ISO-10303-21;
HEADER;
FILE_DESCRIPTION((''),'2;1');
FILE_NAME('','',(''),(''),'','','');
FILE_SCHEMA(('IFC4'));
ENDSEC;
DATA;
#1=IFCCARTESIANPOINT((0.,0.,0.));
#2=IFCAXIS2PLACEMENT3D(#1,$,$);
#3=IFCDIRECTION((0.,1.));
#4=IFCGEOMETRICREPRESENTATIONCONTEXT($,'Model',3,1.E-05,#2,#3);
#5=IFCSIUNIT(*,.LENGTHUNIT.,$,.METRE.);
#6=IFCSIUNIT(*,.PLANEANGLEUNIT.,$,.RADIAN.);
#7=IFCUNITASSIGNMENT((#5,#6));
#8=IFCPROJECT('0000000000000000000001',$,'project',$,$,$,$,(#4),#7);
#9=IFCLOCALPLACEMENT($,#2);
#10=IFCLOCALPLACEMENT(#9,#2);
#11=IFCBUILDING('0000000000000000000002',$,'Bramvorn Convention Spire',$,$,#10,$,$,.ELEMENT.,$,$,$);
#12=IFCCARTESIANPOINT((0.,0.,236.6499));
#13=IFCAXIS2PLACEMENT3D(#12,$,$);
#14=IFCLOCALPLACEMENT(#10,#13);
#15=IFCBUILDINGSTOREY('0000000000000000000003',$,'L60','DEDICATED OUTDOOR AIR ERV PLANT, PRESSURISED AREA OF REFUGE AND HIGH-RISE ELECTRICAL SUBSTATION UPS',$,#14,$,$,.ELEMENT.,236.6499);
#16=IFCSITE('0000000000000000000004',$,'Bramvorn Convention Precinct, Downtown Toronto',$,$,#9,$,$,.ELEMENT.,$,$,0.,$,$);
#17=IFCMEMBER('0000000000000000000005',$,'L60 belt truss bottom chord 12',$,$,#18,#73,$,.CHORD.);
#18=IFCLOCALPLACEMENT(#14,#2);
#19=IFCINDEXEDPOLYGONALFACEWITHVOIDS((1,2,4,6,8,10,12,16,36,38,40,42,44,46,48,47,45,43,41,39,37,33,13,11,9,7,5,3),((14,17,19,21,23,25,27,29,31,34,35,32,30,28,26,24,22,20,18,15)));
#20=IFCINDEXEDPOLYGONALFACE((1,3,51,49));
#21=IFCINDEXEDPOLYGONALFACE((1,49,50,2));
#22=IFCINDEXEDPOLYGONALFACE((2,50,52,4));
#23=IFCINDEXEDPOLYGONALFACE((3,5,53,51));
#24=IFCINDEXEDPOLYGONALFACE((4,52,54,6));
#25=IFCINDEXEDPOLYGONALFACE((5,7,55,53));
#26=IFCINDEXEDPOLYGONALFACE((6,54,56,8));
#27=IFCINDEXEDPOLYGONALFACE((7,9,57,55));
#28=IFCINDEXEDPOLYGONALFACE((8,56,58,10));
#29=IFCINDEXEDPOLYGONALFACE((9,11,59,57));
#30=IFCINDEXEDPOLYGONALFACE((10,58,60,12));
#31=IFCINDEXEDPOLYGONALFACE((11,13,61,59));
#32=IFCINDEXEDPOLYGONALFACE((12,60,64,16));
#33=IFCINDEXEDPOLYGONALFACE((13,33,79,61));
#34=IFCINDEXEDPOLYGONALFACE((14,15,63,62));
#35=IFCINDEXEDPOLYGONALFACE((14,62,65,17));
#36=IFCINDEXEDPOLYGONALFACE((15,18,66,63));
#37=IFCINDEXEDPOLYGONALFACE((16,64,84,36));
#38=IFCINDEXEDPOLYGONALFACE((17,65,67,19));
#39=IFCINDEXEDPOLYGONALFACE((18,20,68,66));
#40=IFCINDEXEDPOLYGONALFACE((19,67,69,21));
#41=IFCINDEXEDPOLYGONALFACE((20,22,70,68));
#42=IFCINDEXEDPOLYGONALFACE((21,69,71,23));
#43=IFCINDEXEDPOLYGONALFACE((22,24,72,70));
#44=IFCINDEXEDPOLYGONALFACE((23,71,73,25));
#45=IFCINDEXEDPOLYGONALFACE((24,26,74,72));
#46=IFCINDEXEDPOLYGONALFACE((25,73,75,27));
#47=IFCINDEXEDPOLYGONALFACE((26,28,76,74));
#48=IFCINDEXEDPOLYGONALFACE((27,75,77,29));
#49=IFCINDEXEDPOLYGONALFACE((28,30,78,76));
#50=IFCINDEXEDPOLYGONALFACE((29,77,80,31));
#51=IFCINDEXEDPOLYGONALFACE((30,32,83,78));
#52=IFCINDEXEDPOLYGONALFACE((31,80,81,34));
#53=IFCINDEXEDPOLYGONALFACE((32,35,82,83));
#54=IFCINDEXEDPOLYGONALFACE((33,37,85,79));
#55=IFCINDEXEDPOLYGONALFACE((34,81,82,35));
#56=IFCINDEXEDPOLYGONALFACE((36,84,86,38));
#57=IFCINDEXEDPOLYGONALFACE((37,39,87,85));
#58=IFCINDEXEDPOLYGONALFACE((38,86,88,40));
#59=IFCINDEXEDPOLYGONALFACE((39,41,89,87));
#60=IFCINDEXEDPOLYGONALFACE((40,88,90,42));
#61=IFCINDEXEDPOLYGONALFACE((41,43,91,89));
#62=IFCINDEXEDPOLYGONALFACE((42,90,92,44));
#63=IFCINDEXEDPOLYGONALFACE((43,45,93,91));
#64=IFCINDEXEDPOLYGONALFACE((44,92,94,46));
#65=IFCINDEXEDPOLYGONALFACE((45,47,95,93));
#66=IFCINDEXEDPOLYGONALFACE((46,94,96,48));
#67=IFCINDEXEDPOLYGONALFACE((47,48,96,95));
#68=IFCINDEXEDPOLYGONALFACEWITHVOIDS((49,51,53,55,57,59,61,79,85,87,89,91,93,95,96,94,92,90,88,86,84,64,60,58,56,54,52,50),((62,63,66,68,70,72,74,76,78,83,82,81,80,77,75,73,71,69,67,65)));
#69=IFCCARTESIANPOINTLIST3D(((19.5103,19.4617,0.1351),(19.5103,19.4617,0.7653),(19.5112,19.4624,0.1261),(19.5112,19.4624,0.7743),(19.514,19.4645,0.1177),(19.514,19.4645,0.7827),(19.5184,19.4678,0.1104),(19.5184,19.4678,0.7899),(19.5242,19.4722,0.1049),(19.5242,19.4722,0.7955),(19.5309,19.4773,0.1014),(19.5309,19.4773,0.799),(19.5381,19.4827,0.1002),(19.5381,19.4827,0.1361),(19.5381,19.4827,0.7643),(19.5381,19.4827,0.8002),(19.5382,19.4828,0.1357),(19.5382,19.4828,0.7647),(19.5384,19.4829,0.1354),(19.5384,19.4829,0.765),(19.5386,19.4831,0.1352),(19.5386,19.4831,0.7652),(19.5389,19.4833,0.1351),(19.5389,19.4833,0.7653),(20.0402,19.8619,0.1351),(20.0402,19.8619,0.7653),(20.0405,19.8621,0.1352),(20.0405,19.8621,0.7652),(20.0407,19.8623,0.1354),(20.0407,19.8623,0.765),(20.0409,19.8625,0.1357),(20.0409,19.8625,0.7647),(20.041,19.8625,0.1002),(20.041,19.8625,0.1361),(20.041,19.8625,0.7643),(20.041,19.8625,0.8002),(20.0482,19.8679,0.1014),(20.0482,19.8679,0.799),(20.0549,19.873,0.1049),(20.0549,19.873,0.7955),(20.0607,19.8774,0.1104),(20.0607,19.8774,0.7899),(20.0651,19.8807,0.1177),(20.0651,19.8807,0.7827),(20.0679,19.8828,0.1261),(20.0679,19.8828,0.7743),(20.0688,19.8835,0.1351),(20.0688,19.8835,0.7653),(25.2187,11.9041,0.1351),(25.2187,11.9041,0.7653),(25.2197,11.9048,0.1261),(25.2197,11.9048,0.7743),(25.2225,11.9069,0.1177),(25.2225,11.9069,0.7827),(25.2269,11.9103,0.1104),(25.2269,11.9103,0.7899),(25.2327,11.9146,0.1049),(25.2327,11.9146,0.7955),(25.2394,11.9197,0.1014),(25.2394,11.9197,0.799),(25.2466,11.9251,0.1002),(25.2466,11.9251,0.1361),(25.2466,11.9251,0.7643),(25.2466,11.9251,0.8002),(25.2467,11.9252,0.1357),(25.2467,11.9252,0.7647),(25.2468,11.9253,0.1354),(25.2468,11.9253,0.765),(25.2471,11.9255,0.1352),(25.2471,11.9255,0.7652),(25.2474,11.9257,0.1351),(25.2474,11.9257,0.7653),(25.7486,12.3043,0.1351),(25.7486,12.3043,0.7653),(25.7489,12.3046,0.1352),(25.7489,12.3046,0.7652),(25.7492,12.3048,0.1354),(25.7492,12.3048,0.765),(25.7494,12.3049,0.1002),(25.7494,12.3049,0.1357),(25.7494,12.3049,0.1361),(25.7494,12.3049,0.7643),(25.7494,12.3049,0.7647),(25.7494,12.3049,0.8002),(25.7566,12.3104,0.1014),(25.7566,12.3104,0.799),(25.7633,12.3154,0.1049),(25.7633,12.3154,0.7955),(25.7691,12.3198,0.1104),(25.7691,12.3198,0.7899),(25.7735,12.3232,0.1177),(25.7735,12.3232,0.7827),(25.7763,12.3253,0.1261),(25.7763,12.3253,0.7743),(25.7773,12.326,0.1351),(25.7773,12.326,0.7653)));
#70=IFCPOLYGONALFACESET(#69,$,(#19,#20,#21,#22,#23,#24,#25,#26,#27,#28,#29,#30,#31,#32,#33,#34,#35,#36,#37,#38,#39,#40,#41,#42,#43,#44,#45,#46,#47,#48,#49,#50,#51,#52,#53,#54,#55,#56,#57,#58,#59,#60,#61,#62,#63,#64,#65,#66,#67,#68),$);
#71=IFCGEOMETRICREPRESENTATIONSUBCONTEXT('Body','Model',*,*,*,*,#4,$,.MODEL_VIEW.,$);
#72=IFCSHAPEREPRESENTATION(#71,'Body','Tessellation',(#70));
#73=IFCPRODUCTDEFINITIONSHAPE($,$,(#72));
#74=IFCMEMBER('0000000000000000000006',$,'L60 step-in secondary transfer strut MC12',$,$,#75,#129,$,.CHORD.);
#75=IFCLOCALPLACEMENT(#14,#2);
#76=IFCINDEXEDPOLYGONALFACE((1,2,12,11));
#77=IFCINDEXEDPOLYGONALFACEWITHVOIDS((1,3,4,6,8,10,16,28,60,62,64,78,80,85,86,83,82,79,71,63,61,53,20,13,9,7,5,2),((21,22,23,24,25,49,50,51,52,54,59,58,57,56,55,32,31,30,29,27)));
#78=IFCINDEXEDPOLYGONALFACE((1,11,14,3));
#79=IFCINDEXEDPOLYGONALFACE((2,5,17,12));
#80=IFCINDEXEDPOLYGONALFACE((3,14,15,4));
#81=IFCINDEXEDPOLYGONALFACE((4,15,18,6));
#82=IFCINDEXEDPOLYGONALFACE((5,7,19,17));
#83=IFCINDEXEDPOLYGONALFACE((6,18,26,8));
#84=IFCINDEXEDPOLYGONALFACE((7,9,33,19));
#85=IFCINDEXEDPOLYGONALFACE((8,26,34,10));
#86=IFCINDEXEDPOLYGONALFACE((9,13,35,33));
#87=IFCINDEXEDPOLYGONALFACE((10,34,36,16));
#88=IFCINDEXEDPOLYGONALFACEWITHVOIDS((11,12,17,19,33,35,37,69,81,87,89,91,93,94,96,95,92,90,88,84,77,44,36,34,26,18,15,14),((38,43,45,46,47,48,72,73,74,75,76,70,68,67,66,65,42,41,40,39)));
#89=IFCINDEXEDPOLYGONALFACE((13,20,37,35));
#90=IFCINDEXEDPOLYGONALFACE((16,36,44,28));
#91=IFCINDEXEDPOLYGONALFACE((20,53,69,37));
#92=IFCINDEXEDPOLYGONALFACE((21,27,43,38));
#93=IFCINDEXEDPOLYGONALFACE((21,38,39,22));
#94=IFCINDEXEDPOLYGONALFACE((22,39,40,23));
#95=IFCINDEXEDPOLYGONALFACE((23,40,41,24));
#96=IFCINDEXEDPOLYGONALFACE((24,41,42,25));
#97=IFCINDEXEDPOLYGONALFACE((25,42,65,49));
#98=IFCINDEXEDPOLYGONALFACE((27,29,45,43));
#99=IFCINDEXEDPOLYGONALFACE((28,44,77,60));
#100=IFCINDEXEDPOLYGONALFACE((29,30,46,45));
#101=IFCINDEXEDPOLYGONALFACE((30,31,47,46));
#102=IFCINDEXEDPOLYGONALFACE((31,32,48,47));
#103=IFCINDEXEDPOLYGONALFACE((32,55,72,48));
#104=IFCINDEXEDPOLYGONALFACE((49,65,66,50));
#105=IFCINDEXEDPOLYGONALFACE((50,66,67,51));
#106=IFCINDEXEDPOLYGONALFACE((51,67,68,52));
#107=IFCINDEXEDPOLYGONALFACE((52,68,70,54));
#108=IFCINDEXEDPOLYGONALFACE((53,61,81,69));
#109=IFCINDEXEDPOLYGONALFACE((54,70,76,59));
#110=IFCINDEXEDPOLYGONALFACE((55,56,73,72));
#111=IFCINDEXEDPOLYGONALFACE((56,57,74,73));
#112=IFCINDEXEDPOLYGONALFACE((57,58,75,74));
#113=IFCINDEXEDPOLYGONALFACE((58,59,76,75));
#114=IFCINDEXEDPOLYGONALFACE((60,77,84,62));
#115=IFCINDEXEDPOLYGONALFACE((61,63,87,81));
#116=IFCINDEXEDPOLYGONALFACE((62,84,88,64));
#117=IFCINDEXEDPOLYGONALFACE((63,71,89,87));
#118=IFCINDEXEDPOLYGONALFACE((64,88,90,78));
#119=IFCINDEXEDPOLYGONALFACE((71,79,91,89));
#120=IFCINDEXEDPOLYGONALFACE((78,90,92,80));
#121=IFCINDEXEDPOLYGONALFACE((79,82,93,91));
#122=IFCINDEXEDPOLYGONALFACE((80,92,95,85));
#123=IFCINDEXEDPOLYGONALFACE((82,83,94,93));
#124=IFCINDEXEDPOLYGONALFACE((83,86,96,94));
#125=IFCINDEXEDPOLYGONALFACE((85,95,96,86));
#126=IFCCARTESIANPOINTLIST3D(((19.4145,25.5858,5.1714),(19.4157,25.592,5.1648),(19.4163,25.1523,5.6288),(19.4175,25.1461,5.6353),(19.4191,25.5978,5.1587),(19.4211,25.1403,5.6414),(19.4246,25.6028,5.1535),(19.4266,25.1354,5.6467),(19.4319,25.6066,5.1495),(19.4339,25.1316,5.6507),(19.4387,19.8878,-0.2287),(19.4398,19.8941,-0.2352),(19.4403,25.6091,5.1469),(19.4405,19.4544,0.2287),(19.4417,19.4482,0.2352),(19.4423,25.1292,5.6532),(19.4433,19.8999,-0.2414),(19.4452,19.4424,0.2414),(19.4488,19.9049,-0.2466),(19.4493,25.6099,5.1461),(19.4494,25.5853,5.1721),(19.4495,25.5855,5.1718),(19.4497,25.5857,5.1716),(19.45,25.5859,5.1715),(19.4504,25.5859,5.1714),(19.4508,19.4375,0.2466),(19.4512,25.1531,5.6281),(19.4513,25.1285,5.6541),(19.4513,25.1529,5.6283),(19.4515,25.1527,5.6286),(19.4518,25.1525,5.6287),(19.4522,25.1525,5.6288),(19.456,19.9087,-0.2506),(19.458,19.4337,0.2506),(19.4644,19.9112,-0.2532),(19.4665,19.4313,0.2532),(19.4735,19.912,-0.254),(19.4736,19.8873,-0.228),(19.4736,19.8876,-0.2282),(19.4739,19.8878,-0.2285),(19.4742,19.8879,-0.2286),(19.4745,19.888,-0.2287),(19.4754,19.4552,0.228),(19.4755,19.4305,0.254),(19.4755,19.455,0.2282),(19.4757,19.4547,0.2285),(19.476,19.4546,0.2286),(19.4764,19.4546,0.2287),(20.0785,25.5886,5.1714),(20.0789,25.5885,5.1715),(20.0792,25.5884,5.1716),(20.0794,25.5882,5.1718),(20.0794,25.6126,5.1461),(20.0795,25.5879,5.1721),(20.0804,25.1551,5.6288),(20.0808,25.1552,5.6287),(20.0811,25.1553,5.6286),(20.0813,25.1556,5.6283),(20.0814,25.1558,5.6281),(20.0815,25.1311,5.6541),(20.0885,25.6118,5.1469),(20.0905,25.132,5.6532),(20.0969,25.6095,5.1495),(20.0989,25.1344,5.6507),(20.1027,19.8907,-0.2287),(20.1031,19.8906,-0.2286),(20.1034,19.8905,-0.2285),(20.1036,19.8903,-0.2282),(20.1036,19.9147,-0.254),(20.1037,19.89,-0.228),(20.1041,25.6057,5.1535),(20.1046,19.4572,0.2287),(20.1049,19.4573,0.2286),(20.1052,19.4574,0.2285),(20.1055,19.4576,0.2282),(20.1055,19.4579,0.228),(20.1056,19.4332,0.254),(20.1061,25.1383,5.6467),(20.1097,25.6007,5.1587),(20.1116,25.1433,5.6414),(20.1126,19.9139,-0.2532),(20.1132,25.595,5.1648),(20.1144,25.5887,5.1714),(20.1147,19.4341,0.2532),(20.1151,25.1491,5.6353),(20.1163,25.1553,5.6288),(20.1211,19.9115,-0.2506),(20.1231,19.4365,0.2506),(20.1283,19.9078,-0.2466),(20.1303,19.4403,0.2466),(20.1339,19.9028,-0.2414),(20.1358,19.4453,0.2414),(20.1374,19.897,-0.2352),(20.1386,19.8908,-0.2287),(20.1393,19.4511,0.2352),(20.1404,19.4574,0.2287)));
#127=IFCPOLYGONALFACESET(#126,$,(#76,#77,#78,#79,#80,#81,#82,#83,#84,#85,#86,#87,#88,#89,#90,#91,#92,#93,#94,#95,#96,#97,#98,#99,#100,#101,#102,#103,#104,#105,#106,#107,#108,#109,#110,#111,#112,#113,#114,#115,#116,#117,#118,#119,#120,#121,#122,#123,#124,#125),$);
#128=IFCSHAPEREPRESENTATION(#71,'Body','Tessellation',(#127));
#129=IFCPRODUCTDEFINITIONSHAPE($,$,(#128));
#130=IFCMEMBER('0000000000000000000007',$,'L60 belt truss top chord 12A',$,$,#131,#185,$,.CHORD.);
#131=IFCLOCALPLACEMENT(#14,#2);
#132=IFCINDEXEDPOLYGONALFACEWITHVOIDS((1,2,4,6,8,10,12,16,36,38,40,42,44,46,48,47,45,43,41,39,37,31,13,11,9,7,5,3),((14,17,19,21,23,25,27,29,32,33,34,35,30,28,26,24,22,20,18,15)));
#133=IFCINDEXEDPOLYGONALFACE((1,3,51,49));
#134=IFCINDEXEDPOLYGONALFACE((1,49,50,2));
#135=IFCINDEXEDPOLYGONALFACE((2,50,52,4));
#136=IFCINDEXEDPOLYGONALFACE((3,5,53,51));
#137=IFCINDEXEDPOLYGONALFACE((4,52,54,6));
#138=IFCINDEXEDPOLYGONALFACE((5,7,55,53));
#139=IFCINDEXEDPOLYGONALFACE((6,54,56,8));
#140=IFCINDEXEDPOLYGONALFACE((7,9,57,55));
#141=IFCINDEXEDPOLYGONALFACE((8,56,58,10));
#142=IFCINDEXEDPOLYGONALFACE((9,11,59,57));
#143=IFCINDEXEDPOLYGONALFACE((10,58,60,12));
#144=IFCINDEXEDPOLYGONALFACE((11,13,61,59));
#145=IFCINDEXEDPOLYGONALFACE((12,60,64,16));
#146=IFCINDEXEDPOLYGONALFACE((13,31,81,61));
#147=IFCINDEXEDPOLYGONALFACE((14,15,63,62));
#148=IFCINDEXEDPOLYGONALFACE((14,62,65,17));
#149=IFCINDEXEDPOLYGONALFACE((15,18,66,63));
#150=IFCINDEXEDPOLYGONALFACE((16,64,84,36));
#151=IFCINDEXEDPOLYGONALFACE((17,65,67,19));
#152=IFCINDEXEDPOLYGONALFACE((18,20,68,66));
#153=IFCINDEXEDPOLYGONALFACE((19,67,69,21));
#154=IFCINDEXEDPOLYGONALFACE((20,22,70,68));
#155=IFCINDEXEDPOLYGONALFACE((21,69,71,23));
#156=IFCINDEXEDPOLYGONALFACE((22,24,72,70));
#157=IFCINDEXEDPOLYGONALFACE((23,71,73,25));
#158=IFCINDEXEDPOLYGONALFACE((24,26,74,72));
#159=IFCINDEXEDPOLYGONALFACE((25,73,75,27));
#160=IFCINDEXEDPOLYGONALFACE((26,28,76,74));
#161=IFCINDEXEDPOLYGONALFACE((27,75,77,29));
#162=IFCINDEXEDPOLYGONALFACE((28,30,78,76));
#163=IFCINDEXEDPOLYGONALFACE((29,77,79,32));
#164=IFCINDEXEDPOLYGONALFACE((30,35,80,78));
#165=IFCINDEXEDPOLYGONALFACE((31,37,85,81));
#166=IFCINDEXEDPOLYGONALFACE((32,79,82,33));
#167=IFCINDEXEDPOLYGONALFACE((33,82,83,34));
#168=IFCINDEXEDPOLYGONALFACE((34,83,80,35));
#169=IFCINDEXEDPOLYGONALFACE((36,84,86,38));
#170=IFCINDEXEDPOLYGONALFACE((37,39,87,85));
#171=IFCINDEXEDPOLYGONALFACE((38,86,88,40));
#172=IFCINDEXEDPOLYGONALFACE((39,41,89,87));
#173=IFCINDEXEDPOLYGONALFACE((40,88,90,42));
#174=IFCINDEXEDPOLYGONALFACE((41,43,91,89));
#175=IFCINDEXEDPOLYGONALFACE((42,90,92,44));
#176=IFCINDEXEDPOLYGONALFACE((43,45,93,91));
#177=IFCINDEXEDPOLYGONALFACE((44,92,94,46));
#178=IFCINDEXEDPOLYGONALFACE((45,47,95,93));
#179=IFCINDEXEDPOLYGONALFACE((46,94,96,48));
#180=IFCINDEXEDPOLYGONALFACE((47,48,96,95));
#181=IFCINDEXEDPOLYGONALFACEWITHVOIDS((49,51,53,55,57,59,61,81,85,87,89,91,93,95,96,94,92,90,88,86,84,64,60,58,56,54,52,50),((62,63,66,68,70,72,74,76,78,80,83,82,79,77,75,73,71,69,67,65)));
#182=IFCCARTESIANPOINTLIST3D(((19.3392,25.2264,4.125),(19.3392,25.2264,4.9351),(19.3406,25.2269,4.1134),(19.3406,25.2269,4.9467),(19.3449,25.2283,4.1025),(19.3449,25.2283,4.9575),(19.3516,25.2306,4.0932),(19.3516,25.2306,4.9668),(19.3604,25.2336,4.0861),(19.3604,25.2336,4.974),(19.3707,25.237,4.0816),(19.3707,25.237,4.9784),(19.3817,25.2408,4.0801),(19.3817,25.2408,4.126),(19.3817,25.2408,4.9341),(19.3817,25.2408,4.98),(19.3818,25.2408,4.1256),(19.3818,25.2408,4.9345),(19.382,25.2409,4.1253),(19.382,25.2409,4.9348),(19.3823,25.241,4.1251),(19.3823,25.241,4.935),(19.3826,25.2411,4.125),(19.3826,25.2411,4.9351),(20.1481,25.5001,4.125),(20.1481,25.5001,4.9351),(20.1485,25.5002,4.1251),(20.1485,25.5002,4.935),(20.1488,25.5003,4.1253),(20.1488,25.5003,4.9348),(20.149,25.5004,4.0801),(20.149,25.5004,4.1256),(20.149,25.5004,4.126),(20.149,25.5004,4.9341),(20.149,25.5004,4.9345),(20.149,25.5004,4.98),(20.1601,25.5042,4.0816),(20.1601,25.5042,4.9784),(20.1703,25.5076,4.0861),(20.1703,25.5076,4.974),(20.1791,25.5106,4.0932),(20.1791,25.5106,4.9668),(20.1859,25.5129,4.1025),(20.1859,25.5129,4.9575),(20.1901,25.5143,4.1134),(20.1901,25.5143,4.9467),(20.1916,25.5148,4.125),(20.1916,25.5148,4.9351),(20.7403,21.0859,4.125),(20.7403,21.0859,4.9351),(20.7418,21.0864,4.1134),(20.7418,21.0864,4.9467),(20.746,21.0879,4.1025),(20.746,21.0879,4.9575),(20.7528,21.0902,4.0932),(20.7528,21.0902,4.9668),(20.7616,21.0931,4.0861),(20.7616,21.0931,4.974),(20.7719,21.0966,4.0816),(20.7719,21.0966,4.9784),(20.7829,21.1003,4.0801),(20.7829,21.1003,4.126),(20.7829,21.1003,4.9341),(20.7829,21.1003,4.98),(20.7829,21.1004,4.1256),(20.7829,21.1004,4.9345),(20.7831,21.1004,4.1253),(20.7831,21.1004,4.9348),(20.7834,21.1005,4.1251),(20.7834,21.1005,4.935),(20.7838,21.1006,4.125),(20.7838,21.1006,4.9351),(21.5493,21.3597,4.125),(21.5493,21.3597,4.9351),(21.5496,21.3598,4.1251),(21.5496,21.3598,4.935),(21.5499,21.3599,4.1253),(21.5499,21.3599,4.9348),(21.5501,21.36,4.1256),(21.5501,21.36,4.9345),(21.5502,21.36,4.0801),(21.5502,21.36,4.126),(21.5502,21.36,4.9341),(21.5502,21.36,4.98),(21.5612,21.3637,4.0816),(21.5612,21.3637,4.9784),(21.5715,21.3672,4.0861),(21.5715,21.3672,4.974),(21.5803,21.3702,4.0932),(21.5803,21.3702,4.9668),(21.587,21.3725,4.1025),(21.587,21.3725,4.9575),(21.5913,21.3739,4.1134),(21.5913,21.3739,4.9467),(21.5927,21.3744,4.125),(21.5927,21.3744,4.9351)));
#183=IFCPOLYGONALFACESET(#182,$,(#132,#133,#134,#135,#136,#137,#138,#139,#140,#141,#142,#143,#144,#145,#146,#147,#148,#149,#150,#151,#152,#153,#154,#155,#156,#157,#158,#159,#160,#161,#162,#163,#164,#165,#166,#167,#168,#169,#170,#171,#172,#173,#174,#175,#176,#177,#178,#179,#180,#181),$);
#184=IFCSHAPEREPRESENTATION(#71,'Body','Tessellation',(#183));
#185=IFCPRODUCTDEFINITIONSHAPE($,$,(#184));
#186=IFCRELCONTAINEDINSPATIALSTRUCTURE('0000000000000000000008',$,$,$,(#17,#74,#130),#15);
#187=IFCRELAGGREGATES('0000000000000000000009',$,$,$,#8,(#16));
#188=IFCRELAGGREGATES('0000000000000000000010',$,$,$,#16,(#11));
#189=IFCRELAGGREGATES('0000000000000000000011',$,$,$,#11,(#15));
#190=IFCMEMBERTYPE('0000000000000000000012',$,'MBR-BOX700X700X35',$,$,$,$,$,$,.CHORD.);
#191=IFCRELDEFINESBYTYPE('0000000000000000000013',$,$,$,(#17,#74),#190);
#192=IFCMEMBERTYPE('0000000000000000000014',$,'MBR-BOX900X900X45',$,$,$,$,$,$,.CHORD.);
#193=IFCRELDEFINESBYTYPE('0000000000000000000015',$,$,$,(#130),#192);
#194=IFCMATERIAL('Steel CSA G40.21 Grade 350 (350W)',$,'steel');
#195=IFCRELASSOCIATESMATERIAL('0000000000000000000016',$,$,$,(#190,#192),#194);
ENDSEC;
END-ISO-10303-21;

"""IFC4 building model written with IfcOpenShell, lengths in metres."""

from ifc_helpers import new_model, si_unit, direction, frame, origin, origin_2d, place, context, subcontext, project, spatial, hollow_rectangle, extrude, material, material_profile, profile_set, type_object, element, save


model = new_model("IFC4")

# Units and contexts
model_context = context("Model", 3, precision=1e-05, world=origin(), true_north=direction((0.0, 1.0)))
body_context = subcontext(model_context, "Body", "Model", "MODEL_VIEW")
ifc_project = project(units=[si_unit("LENGTHUNIT", "METRE"), si_unit("PLANEANGLEUNIT", "RADIAN")], contexts=[model_context])

# Site, building, storey
site_placement = place(None, origin())
site = spatial("IfcSite", under=ifc_project, at=site_placement, Name="Bramvorn Convention Precinct, Downtown Toronto", CompositionType="ELEMENT", RefElevation=0.0)
building_placement = place(site_placement, origin())
building = spatial("IfcBuilding", under=site, at=building_placement, Name="Bramvorn Convention Spire", CompositionType="ELEMENT")
storey_placement = place(building_placement, frame((0.0, 0.0, 236.6499)))
storey = spatial("IfcBuildingStorey", under=building, at=storey_placement, Name="L60", Description="DEDICATED OUTDOOR AIR ERV PLANT, PRESSURISED AREA OF REFUGE AND HIGH-RISE ELECTRICAL SUBSTATION UPS", CompositionType="ELEMENT", Elevation=236.6499)

# Shared definitions
ifc_material_1 = material(Name="Steel CSA G40.21 Grade 350 (350W)", Category="steel")

# Members
ifc_material_profile_1 = material_profile(ifc_material_1, hollow_rectangle(XDim=0.7, YDim=0.7, WallThickness=0.0349, InnerFilletRadius=0.001, OuterFilletRadius=0.0349, at=origin_2d()))
ifc_profile_set_1 = profile_set([ifc_material_profile_1], Name="Steel CSA G40.21 Grade 350 (350W) - BOX700X700X35")
member_type_1 = type_object("IfcMemberType", Name="MBR-BOX700X700X35", PredefinedType="CHORD", material=ifc_profile_set_1)
member_1_placement = place(storey_placement, frame((19.7896, 19.6726, 0.4502), z_axis=(0.602719, -0.797954, 0.0), x_axis=(0.797954, 0.602719, 0.0)))
element("IfcMember", 1, at=member_1_placement, inside=storey, type_object=member_type_1, Name="L60 belt truss bottom chord 12", PredefinedType="CHORD", context=body_context, shape_type="SweptSolid", body=[
    extrude(hollow_rectangle(XDim=0.7, YDim=0.7, WallThickness=0.0349, InnerFilletRadius=0.001, OuterFilletRadius=0.0349, at=origin_2d()), origin(), (0.0, 0.0, 1.0), 9.4712),
])
member_2_placement = place(storey_placement, frame((19.7896, 19.6726, 0.0), z_axis=(-0.003079, 0.725819, 0.687879), x_axis=(-0.999991, -0.004242, 0.0)))
element("IfcMember", 2, at=member_2_placement, inside=storey, type_object=member_type_1, Name="L60 step-in secondary transfer strut MC12", PredefinedType="CHORD", context=body_context, shape_type="SweptSolid", body=[
    extrude(hollow_rectangle(XDim=0.7, YDim=0.7, WallThickness=0.0349, InnerFilletRadius=0.001, OuterFilletRadius=0.0349, at=origin_2d()), origin(), (0.0, 0.0, 1.0), 7.8503),
])
ifc_material_profile_2 = material_profile(ifc_material_1, hollow_rectangle(XDim=0.8999, YDim=0.8999, WallThickness=0.0449, InnerFilletRadius=0.001, OuterFilletRadius=0.0449, at=origin_2d()))
ifc_profile_set_2 = profile_set([ifc_material_profile_2], Name="Steel CSA G40.21 Grade 350 (350W) - BOX900X900X45")
member_type_2 = type_object("IfcMemberType", Name="MBR-BOX900X900X45", PredefinedType="CHORD", material=ifc_profile_set_2)
member_3_placement = place(storey_placement, frame((19.7654, 25.3706, 4.53), z_axis=(0.320548, -0.947232, 0.0), x_axis=(0.947232, 0.320548, 0.0)))
element("IfcMember", 3, at=member_3_placement, inside=storey, type_object=member_type_2, Name="L60 belt truss top chord 12A", PredefinedType="CHORD", context=body_context, shape_type="SweptSolid", body=[
    extrude(hollow_rectangle(XDim=0.8999, YDim=0.8999, WallThickness=0.0449, InnerFilletRadius=0.001, OuterFilletRadius=0.0449, at=origin_2d()), origin(), (0.0, 0.0, 1.0), 4.3711),
])

save(model, "model.ifc")
